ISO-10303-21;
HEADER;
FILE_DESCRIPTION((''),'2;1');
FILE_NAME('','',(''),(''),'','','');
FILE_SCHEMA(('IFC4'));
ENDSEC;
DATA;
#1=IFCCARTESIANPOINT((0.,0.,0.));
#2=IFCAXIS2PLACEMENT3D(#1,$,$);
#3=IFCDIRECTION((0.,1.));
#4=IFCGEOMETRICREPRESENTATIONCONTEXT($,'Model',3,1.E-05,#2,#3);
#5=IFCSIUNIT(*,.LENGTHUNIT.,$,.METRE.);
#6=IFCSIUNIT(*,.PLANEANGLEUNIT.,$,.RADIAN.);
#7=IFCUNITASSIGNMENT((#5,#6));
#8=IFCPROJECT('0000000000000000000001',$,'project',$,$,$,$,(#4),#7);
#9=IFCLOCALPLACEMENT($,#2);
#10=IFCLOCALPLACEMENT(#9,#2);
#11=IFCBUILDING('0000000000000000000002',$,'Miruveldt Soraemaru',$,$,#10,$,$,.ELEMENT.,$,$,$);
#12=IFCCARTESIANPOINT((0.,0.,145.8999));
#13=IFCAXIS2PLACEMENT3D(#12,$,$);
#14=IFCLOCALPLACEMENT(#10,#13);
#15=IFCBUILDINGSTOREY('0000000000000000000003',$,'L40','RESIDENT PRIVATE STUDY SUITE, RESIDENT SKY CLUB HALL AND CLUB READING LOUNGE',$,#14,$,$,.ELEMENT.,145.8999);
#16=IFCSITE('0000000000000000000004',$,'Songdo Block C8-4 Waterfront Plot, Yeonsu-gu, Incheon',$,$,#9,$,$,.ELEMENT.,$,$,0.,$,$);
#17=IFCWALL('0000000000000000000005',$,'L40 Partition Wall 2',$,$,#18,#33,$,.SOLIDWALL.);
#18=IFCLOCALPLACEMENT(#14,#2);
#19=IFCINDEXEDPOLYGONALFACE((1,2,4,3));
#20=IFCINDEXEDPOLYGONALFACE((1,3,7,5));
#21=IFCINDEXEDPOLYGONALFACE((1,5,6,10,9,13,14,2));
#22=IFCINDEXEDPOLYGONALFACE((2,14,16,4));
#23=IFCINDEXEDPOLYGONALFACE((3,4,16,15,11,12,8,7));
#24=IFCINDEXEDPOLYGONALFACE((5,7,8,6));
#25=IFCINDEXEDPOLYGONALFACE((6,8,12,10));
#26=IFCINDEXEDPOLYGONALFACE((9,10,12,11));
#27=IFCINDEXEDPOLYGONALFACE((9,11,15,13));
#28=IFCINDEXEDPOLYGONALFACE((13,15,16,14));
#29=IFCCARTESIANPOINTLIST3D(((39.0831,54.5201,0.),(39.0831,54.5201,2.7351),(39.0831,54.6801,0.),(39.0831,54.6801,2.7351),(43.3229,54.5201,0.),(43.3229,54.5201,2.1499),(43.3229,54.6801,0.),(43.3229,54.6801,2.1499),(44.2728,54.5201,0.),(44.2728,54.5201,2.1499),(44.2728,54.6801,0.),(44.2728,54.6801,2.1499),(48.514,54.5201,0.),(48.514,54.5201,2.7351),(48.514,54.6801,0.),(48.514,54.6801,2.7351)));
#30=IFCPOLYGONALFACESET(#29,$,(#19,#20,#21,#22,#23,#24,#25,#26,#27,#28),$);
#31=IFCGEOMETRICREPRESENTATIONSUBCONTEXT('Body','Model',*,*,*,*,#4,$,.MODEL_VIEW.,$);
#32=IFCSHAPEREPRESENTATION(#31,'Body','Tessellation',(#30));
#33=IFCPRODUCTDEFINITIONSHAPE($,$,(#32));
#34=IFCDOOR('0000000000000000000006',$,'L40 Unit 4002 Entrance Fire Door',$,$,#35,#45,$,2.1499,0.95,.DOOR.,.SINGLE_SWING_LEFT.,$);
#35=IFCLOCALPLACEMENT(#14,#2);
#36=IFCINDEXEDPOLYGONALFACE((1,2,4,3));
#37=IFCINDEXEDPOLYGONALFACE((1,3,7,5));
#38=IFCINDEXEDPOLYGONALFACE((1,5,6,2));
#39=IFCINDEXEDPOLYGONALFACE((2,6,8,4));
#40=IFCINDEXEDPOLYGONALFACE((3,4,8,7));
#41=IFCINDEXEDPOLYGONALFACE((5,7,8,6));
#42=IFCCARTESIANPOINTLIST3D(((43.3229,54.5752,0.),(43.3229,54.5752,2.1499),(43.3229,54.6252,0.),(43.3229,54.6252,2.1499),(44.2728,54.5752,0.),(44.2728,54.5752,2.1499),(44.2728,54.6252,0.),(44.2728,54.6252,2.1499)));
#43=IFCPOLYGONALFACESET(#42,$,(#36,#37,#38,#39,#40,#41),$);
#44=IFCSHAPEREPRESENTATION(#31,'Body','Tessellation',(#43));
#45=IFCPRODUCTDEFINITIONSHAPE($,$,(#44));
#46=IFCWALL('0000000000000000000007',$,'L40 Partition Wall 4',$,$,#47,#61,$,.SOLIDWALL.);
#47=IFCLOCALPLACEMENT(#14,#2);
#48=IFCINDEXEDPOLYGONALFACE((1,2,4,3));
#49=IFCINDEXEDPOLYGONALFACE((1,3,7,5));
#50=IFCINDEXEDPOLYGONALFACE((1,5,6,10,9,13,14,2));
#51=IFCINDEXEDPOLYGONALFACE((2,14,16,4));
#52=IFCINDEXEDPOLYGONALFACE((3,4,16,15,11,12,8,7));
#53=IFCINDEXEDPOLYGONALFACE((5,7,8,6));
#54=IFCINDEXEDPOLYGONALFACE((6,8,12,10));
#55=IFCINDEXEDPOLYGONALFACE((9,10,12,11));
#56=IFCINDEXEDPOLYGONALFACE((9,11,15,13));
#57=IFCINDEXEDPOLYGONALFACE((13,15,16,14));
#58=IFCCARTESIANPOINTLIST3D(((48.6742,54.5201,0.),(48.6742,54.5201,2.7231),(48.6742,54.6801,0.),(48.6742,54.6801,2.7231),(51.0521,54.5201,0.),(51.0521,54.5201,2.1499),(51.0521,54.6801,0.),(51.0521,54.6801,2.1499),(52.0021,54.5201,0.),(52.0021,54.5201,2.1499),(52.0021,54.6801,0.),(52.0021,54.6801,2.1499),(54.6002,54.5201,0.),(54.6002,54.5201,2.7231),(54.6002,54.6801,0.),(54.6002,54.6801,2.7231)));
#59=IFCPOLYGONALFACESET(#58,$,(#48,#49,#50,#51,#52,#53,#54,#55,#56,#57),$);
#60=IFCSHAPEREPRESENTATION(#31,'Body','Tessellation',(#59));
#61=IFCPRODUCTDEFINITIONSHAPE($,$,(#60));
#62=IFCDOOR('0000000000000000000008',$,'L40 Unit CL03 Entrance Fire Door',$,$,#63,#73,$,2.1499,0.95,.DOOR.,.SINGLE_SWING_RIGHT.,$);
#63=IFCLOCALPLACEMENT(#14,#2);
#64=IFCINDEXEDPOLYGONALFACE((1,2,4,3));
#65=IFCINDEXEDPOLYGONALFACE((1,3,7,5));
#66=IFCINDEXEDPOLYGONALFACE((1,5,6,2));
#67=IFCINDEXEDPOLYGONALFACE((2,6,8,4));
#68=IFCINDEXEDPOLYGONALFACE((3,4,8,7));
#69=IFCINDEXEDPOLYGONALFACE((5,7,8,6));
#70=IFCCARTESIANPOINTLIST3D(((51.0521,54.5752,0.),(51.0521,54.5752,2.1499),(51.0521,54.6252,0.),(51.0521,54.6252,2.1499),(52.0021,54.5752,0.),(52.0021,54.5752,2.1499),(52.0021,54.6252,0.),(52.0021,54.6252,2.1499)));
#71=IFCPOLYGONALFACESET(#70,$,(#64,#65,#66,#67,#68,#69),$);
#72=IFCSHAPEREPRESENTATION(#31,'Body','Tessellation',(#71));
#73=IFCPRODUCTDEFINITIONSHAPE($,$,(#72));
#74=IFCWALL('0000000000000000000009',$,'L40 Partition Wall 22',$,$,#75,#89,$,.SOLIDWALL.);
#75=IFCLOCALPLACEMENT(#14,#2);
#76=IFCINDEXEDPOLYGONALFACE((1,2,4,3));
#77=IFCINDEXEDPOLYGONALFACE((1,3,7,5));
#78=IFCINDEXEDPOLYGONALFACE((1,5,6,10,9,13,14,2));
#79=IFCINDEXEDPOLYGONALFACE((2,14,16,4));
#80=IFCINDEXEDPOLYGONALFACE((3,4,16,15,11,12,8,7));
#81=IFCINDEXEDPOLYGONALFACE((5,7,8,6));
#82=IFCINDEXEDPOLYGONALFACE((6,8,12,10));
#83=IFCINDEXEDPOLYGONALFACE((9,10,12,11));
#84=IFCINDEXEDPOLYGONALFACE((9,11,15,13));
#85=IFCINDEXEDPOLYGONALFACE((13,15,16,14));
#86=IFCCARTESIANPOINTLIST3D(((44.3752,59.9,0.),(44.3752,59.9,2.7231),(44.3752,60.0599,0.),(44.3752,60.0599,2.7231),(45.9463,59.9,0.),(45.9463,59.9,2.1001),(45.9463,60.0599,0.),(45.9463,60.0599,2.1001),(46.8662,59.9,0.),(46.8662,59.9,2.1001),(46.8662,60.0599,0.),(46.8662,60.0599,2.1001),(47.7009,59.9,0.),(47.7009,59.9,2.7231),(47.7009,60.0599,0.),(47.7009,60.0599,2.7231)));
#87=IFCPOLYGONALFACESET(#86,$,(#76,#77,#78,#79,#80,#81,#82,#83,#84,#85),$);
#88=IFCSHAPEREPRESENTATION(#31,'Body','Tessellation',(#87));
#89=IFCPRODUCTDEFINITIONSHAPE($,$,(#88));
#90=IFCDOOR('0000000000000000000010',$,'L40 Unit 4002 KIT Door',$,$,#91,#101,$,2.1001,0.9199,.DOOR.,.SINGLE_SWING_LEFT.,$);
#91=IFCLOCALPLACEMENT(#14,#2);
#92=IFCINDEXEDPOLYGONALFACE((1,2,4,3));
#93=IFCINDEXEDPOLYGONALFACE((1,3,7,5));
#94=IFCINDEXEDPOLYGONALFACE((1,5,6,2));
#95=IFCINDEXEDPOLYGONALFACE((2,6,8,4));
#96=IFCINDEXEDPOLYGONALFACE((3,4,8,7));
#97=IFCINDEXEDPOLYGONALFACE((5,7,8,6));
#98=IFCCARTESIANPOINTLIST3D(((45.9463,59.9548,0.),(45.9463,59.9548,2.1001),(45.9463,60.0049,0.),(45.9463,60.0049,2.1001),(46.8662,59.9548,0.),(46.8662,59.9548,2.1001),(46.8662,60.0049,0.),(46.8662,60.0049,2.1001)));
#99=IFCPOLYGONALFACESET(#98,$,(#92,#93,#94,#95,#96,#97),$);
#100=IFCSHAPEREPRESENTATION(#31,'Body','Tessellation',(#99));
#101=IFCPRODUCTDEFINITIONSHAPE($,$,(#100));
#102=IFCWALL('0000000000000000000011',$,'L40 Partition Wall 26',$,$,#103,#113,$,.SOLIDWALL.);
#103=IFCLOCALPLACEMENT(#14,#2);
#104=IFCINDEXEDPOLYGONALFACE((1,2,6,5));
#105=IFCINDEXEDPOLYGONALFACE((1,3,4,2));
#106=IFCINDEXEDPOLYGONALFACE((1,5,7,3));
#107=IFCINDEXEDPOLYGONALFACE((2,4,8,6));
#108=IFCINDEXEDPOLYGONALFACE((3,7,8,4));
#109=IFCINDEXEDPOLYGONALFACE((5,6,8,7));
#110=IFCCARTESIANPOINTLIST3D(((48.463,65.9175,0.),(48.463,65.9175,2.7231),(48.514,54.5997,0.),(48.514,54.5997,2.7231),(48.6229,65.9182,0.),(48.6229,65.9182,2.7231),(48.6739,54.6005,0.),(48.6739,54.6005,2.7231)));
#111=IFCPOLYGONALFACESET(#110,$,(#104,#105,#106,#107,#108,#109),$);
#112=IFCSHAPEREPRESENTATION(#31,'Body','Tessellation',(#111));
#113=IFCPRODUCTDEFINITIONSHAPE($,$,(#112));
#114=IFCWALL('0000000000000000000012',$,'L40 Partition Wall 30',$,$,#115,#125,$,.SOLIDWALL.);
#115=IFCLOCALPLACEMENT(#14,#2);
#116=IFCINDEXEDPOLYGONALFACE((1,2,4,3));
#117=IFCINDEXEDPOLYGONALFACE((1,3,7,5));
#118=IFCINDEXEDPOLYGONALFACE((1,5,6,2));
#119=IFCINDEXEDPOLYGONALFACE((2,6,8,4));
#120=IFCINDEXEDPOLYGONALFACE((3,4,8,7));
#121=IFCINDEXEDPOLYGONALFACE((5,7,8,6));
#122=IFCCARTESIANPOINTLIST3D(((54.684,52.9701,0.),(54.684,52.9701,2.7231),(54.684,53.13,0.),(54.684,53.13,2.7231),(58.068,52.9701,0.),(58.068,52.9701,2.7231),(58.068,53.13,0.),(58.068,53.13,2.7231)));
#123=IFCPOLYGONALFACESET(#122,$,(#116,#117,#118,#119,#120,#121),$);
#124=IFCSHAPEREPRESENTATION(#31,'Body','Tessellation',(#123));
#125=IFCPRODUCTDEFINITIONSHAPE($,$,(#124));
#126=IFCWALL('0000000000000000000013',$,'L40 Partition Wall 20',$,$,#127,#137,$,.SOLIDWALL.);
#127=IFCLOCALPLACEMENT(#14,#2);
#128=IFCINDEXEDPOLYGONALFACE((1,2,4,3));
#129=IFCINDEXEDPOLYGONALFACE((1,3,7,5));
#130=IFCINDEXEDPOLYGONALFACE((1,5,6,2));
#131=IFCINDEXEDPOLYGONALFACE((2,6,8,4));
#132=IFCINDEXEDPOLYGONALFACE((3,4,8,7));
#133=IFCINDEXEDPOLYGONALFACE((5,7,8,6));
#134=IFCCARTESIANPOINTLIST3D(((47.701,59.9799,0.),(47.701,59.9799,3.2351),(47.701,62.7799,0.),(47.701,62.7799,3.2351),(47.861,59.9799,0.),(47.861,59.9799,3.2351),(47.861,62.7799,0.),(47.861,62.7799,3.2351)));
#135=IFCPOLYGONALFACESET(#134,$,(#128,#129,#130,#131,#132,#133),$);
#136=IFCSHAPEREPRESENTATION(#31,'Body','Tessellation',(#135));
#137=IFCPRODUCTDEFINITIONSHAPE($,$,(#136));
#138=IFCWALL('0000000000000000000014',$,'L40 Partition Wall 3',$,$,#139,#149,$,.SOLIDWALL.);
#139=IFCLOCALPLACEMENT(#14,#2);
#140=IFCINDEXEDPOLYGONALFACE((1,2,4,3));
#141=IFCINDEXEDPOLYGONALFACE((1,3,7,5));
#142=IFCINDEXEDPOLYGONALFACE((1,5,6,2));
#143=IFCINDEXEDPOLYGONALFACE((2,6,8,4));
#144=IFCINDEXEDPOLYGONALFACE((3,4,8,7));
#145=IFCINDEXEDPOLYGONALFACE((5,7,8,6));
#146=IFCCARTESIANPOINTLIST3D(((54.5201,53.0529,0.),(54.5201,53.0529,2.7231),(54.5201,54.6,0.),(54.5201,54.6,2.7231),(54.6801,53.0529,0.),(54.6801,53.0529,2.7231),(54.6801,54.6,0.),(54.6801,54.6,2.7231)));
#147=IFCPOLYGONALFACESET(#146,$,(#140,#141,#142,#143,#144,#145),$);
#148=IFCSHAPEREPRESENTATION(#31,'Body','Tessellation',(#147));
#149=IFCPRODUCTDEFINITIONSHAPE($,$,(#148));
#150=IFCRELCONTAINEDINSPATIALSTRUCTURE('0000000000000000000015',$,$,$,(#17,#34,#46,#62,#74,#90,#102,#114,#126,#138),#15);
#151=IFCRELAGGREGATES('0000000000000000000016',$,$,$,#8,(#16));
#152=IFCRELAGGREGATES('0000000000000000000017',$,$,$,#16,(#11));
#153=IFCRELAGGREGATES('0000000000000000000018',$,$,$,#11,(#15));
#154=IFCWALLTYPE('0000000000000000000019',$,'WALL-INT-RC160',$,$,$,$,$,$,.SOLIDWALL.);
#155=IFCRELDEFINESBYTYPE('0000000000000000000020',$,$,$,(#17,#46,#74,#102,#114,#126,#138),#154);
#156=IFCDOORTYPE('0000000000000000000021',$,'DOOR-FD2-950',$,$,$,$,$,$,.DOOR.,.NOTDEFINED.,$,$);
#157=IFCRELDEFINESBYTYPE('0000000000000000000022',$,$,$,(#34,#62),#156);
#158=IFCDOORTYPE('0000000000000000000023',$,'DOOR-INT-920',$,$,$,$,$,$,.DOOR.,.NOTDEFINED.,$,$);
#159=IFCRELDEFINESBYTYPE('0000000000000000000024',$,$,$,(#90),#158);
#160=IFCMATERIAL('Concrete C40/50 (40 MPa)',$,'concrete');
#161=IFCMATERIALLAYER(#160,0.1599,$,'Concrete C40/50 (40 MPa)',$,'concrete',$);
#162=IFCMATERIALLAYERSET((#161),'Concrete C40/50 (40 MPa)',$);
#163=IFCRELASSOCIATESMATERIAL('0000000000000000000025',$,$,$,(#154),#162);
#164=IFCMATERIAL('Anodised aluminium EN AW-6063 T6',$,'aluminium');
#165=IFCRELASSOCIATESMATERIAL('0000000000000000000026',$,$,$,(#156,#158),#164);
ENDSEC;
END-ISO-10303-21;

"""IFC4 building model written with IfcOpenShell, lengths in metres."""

from ifc_helpers import new_model, si_unit, direction, frame, frame_2d, origin, place, context, subcontext, project, spatial, rectangle, extrude, material, layer, layer_set, type_object, element, fill, save


model = new_model("IFC4")

# Units and contexts
model_context = context("Model", 3, precision=1e-05, world=origin(), true_north=direction((0.0, 1.0)))
body_context = subcontext(model_context, "Body", "Model", "MODEL_VIEW")
ifc_project = project(units=[si_unit("LENGTHUNIT", "METRE"), si_unit("PLANEANGLEUNIT", "RADIAN")], contexts=[model_context])

# Site, building, storey
site_placement = place(None, origin())
site = spatial("IfcSite", under=ifc_project, at=site_placement, Name="Songdo Block C8-4 Waterfront Plot, Yeonsu-gu, Incheon", CompositionType="ELEMENT", RefElevation=0.0)
building_placement = place(site_placement, origin())
building = spatial("IfcBuilding", under=site, at=building_placement, Name="Miruveldt Soraemaru", CompositionType="ELEMENT")
storey_placement = place(building_placement, frame((0.0, 0.0, 145.8999)))
storey = spatial("IfcBuildingStorey", under=building, at=storey_placement, Name="L40", Description="RESIDENT PRIVATE STUDY SUITE, RESIDENT SKY CLUB HALL AND CLUB READING LOUNGE", CompositionType="ELEMENT", Elevation=145.8999)

# Walls, openings, doors
ifc_material_1 = material(Name="Concrete C40/50 (40 MPa)", Category="concrete")
ifc_layer_1 = layer(ifc_material_1, 0.1599, Name="Concrete C40/50 (40 MPa)", Category="concrete")
ifc_layer_set_1 = layer_set([ifc_layer_1], Name="Concrete C40/50 (40 MPa)")
wall_type_1 = type_object("IfcWallType", Name="WALL-INT-RC160", PredefinedType="SOLIDWALL", material=ifc_layer_set_1)
wall_1_placement = place(storey_placement, frame((48.5139, 54.6001, 0.0), z_axis=(0.0, 0.0, 1.0), x_axis=(-1.0, 0.0, 0.0)))
wall_1 = element("IfcWall", 1, at=wall_1_placement, inside=storey, type_object=wall_type_1, Name="L40 Partition Wall 2", PredefinedType="SOLIDWALL", context=body_context, shape_type="SweptSolid", body=[
    extrude(rectangle(XDim=9.4309, YDim=0.1599, at=frame_2d((4.7153, 0.0))), origin(), (0.0, 0.0, 1.0), 2.7351),
])
opening_1_placement = place(wall_1_placement, frame((4.241, 0.0, 0.0)))
opening_1 = element("IfcOpeningElement", 2, at=opening_1_placement, cuts=wall_1, PredefinedType="OPENING", context=body_context, shape_type="SweptSolid", body=[
    extrude(rectangle(XDim=0.95, YDim=2.1499, at=frame_2d((0.4751, 1.075))), frame((0.0, 0.0898, 0.0), z_axis=(0.0, -1.0, 0.0), x_axis=(1.0, 0.0, 0.0)), (0.0, 0.0, 1.0), 0.1799),
])
ifc_material_2 = material(Name="Anodised aluminium EN AW-6063 T6", Category="aluminium")
door_type_1 = type_object("IfcDoorType", Name="DOOR-FD2-950", OperationType="NOTDEFINED", PredefinedType="DOOR", material=ifc_material_2)
door_1_placement = place(opening_1_placement, origin())
door_1 = element("IfcDoor", 3, at=door_1_placement, inside=storey, type_object=door_type_1, Name="L40 Unit 4002 Entrance Fire Door", OperationType="SINGLE_SWING_LEFT", OverallHeight=2.1499, OverallWidth=0.95, PredefinedType="DOOR", context=body_context, shape_type="SweptSolid", body=[
    extrude(rectangle(XDim=0.95, YDim=2.1499, at=frame_2d((0.4751, 1.075))), frame((0.0, 0.0249, 0.0), z_axis=(0.0, -1.0, 0.0), x_axis=(1.0, 0.0, 0.0)), (0.0, 0.0, 1.0), 0.05),
])
fill(opening_1, door_1)
wall_2_placement = place(storey_placement, frame((54.6001, 54.6001, 0.0), z_axis=(0.0, 0.0, 1.0), x_axis=(-1.0, 0.0, 0.0)))
wall_2 = element("IfcWall", 4, at=wall_2_placement, inside=storey, type_object=wall_type_1, Name="L40 Partition Wall 4", PredefinedType="SOLIDWALL", context=body_context, shape_type="SweptSolid", body=[
    extrude(rectangle(XDim=5.926, YDim=0.1599, at=frame_2d((2.9629, 0.0))), origin(), (0.0, 0.0, 1.0), 2.7231),
])
opening_2_placement = place(wall_2_placement, frame((2.5979, 0.0, 0.0)))
opening_2 = element("IfcOpeningElement", 5, at=opening_2_placement, cuts=wall_2, PredefinedType="OPENING", context=body_context, shape_type="SweptSolid", body=[
    extrude(rectangle(XDim=0.95, YDim=2.1499, at=frame_2d((0.4751, 1.075))), frame((0.0, 0.0898, 0.0), z_axis=(0.0, -1.0, 0.0), x_axis=(1.0, 0.0, 0.0)), (0.0, 0.0, 1.0), 0.1799),
])
door_2_placement = place(opening_2_placement, origin())
door_2 = element("IfcDoor", 6, at=door_2_placement, inside=storey, type_object=door_type_1, Name="L40 Unit CL03 Entrance Fire Door", OperationType="SINGLE_SWING_RIGHT", OverallHeight=2.1499, OverallWidth=0.95, PredefinedType="DOOR", context=body_context, shape_type="SweptSolid", body=[
    extrude(rectangle(XDim=0.95, YDim=2.1499, at=frame_2d((0.4751, 1.075))), frame((0.0, 0.0249, 0.0), z_axis=(0.0, -1.0, 0.0), x_axis=(1.0, 0.0, 0.0)), (0.0, 0.0, 1.0), 0.05),
])
fill(opening_2, door_2)
wall_3_placement = place(storey_placement, frame((44.3752, 59.98, 0.0), z_axis=(0.0, 0.0, 1.0), x_axis=(1.0, 0.0, 0.0)))
wall_3 = element("IfcWall", 7, at=wall_3_placement, inside=storey, type_object=wall_type_1, Name="L40 Partition Wall 22", PredefinedType="SOLIDWALL", context=body_context, shape_type="SweptSolid", body=[
    extrude(rectangle(XDim=3.3257, YDim=0.1599, at=frame_2d((1.6628, 0.0))), origin(), (0.0, 0.0, 1.0), 2.7231),
])
opening_3_placement = place(wall_3_placement, frame((1.571, 0.0, 0.0)))
opening_3 = element("IfcOpeningElement", 8, at=opening_3_placement, cuts=wall_3, PredefinedType="OPENING", context=body_context, shape_type="SweptSolid", body=[
    extrude(rectangle(XDim=0.9199, YDim=2.1001, at=frame_2d((0.46, 1.05))), frame((0.0, 0.0898, 0.0), z_axis=(0.0, -1.0, 0.0), x_axis=(1.0, 0.0, 0.0)), (0.0, 0.0, 1.0), 0.1799),
])
door_type_2 = type_object("IfcDoorType", Name="DOOR-INT-920", OperationType="NOTDEFINED", PredefinedType="DOOR", material=ifc_material_2)
door_3_placement = place(opening_3_placement, origin())
door_3 = element("IfcDoor", 9, at=door_3_placement, inside=storey, type_object=door_type_2, Name="L40 Unit 4002 KIT Door", OperationType="SINGLE_SWING_LEFT", OverallHeight=2.1001, OverallWidth=0.9199, PredefinedType="DOOR", context=body_context, shape_type="SweptSolid", body=[
    extrude(rectangle(XDim=0.9199, YDim=2.1001, at=frame_2d((0.46, 1.05))), frame((0.0, 0.0249, 0.0), z_axis=(0.0, -1.0, 0.0), x_axis=(1.0, 0.0, 0.0)), (0.0, 0.0, 1.0), 0.05),
])
fill(opening_3, door_3)

# Walls
wall_4_placement = place(storey_placement, frame((48.594, 54.6001, 0.0), z_axis=(0.0, 0.0, 1.0), x_axis=(-0.004508, 0.99999, 0.0)))
element("IfcWall", 10, at=wall_4_placement, inside=storey, type_object=wall_type_1, Name="L40 Partition Wall 26", PredefinedType="SOLIDWALL", context=body_context, shape_type="SweptSolid", body=[
    extrude(rectangle(XDim=11.3179, YDim=0.1599, at=frame_2d((5.6589, 0.0))), origin(), (0.0, 0.0, 1.0), 2.7231),
])
wall_5_placement = place(storey_placement, frame((54.6841, 53.05, 0.0), z_axis=(0.0, 0.0, 1.0), x_axis=(1.0, 0.0, 0.0)))
element("IfcWall", 11, at=wall_5_placement, inside=storey, type_object=wall_type_1, Name="L40 Partition Wall 30", PredefinedType="SOLIDWALL", context=body_context, shape_type="SweptSolid", body=[
    extrude(rectangle(XDim=3.384, YDim=0.1599, at=frame_2d((1.6919, 0.0))), origin(), (0.0, 0.0, 1.0), 2.7231),
])
wall_6_placement = place(storey_placement, frame((47.781, 59.98, 0.0), z_axis=(0.0, 0.0, 1.0), x_axis=(0.0, 1.0, 0.0)))
element("IfcWall", 12, at=wall_6_placement, inside=storey, type_object=wall_type_1, Name="L40 Partition Wall 20", PredefinedType="SOLIDWALL", context=body_context, shape_type="SweptSolid", body=[
    extrude(rectangle(XDim=2.8, YDim=0.1599, at=frame_2d((1.3999, 0.0))), origin(), (0.0, 0.0, 1.0), 3.2351),
])
wall_7_placement = place(storey_placement, frame((54.6001, 53.053, 0.0), z_axis=(0.0, 0.0, 1.0), x_axis=(0.0, 1.0, 0.0)))
element("IfcWall", 13, at=wall_7_placement, inside=storey, type_object=wall_type_1, Name="L40 Partition Wall 3", PredefinedType="SOLIDWALL", context=body_context, shape_type="SweptSolid", body=[
    extrude(rectangle(XDim=1.5471, YDim=0.1599, at=frame_2d((0.7734, 0.0))), origin(), (0.0, 0.0, 1.0), 2.7231),
])

save(model, "model.ifc")
